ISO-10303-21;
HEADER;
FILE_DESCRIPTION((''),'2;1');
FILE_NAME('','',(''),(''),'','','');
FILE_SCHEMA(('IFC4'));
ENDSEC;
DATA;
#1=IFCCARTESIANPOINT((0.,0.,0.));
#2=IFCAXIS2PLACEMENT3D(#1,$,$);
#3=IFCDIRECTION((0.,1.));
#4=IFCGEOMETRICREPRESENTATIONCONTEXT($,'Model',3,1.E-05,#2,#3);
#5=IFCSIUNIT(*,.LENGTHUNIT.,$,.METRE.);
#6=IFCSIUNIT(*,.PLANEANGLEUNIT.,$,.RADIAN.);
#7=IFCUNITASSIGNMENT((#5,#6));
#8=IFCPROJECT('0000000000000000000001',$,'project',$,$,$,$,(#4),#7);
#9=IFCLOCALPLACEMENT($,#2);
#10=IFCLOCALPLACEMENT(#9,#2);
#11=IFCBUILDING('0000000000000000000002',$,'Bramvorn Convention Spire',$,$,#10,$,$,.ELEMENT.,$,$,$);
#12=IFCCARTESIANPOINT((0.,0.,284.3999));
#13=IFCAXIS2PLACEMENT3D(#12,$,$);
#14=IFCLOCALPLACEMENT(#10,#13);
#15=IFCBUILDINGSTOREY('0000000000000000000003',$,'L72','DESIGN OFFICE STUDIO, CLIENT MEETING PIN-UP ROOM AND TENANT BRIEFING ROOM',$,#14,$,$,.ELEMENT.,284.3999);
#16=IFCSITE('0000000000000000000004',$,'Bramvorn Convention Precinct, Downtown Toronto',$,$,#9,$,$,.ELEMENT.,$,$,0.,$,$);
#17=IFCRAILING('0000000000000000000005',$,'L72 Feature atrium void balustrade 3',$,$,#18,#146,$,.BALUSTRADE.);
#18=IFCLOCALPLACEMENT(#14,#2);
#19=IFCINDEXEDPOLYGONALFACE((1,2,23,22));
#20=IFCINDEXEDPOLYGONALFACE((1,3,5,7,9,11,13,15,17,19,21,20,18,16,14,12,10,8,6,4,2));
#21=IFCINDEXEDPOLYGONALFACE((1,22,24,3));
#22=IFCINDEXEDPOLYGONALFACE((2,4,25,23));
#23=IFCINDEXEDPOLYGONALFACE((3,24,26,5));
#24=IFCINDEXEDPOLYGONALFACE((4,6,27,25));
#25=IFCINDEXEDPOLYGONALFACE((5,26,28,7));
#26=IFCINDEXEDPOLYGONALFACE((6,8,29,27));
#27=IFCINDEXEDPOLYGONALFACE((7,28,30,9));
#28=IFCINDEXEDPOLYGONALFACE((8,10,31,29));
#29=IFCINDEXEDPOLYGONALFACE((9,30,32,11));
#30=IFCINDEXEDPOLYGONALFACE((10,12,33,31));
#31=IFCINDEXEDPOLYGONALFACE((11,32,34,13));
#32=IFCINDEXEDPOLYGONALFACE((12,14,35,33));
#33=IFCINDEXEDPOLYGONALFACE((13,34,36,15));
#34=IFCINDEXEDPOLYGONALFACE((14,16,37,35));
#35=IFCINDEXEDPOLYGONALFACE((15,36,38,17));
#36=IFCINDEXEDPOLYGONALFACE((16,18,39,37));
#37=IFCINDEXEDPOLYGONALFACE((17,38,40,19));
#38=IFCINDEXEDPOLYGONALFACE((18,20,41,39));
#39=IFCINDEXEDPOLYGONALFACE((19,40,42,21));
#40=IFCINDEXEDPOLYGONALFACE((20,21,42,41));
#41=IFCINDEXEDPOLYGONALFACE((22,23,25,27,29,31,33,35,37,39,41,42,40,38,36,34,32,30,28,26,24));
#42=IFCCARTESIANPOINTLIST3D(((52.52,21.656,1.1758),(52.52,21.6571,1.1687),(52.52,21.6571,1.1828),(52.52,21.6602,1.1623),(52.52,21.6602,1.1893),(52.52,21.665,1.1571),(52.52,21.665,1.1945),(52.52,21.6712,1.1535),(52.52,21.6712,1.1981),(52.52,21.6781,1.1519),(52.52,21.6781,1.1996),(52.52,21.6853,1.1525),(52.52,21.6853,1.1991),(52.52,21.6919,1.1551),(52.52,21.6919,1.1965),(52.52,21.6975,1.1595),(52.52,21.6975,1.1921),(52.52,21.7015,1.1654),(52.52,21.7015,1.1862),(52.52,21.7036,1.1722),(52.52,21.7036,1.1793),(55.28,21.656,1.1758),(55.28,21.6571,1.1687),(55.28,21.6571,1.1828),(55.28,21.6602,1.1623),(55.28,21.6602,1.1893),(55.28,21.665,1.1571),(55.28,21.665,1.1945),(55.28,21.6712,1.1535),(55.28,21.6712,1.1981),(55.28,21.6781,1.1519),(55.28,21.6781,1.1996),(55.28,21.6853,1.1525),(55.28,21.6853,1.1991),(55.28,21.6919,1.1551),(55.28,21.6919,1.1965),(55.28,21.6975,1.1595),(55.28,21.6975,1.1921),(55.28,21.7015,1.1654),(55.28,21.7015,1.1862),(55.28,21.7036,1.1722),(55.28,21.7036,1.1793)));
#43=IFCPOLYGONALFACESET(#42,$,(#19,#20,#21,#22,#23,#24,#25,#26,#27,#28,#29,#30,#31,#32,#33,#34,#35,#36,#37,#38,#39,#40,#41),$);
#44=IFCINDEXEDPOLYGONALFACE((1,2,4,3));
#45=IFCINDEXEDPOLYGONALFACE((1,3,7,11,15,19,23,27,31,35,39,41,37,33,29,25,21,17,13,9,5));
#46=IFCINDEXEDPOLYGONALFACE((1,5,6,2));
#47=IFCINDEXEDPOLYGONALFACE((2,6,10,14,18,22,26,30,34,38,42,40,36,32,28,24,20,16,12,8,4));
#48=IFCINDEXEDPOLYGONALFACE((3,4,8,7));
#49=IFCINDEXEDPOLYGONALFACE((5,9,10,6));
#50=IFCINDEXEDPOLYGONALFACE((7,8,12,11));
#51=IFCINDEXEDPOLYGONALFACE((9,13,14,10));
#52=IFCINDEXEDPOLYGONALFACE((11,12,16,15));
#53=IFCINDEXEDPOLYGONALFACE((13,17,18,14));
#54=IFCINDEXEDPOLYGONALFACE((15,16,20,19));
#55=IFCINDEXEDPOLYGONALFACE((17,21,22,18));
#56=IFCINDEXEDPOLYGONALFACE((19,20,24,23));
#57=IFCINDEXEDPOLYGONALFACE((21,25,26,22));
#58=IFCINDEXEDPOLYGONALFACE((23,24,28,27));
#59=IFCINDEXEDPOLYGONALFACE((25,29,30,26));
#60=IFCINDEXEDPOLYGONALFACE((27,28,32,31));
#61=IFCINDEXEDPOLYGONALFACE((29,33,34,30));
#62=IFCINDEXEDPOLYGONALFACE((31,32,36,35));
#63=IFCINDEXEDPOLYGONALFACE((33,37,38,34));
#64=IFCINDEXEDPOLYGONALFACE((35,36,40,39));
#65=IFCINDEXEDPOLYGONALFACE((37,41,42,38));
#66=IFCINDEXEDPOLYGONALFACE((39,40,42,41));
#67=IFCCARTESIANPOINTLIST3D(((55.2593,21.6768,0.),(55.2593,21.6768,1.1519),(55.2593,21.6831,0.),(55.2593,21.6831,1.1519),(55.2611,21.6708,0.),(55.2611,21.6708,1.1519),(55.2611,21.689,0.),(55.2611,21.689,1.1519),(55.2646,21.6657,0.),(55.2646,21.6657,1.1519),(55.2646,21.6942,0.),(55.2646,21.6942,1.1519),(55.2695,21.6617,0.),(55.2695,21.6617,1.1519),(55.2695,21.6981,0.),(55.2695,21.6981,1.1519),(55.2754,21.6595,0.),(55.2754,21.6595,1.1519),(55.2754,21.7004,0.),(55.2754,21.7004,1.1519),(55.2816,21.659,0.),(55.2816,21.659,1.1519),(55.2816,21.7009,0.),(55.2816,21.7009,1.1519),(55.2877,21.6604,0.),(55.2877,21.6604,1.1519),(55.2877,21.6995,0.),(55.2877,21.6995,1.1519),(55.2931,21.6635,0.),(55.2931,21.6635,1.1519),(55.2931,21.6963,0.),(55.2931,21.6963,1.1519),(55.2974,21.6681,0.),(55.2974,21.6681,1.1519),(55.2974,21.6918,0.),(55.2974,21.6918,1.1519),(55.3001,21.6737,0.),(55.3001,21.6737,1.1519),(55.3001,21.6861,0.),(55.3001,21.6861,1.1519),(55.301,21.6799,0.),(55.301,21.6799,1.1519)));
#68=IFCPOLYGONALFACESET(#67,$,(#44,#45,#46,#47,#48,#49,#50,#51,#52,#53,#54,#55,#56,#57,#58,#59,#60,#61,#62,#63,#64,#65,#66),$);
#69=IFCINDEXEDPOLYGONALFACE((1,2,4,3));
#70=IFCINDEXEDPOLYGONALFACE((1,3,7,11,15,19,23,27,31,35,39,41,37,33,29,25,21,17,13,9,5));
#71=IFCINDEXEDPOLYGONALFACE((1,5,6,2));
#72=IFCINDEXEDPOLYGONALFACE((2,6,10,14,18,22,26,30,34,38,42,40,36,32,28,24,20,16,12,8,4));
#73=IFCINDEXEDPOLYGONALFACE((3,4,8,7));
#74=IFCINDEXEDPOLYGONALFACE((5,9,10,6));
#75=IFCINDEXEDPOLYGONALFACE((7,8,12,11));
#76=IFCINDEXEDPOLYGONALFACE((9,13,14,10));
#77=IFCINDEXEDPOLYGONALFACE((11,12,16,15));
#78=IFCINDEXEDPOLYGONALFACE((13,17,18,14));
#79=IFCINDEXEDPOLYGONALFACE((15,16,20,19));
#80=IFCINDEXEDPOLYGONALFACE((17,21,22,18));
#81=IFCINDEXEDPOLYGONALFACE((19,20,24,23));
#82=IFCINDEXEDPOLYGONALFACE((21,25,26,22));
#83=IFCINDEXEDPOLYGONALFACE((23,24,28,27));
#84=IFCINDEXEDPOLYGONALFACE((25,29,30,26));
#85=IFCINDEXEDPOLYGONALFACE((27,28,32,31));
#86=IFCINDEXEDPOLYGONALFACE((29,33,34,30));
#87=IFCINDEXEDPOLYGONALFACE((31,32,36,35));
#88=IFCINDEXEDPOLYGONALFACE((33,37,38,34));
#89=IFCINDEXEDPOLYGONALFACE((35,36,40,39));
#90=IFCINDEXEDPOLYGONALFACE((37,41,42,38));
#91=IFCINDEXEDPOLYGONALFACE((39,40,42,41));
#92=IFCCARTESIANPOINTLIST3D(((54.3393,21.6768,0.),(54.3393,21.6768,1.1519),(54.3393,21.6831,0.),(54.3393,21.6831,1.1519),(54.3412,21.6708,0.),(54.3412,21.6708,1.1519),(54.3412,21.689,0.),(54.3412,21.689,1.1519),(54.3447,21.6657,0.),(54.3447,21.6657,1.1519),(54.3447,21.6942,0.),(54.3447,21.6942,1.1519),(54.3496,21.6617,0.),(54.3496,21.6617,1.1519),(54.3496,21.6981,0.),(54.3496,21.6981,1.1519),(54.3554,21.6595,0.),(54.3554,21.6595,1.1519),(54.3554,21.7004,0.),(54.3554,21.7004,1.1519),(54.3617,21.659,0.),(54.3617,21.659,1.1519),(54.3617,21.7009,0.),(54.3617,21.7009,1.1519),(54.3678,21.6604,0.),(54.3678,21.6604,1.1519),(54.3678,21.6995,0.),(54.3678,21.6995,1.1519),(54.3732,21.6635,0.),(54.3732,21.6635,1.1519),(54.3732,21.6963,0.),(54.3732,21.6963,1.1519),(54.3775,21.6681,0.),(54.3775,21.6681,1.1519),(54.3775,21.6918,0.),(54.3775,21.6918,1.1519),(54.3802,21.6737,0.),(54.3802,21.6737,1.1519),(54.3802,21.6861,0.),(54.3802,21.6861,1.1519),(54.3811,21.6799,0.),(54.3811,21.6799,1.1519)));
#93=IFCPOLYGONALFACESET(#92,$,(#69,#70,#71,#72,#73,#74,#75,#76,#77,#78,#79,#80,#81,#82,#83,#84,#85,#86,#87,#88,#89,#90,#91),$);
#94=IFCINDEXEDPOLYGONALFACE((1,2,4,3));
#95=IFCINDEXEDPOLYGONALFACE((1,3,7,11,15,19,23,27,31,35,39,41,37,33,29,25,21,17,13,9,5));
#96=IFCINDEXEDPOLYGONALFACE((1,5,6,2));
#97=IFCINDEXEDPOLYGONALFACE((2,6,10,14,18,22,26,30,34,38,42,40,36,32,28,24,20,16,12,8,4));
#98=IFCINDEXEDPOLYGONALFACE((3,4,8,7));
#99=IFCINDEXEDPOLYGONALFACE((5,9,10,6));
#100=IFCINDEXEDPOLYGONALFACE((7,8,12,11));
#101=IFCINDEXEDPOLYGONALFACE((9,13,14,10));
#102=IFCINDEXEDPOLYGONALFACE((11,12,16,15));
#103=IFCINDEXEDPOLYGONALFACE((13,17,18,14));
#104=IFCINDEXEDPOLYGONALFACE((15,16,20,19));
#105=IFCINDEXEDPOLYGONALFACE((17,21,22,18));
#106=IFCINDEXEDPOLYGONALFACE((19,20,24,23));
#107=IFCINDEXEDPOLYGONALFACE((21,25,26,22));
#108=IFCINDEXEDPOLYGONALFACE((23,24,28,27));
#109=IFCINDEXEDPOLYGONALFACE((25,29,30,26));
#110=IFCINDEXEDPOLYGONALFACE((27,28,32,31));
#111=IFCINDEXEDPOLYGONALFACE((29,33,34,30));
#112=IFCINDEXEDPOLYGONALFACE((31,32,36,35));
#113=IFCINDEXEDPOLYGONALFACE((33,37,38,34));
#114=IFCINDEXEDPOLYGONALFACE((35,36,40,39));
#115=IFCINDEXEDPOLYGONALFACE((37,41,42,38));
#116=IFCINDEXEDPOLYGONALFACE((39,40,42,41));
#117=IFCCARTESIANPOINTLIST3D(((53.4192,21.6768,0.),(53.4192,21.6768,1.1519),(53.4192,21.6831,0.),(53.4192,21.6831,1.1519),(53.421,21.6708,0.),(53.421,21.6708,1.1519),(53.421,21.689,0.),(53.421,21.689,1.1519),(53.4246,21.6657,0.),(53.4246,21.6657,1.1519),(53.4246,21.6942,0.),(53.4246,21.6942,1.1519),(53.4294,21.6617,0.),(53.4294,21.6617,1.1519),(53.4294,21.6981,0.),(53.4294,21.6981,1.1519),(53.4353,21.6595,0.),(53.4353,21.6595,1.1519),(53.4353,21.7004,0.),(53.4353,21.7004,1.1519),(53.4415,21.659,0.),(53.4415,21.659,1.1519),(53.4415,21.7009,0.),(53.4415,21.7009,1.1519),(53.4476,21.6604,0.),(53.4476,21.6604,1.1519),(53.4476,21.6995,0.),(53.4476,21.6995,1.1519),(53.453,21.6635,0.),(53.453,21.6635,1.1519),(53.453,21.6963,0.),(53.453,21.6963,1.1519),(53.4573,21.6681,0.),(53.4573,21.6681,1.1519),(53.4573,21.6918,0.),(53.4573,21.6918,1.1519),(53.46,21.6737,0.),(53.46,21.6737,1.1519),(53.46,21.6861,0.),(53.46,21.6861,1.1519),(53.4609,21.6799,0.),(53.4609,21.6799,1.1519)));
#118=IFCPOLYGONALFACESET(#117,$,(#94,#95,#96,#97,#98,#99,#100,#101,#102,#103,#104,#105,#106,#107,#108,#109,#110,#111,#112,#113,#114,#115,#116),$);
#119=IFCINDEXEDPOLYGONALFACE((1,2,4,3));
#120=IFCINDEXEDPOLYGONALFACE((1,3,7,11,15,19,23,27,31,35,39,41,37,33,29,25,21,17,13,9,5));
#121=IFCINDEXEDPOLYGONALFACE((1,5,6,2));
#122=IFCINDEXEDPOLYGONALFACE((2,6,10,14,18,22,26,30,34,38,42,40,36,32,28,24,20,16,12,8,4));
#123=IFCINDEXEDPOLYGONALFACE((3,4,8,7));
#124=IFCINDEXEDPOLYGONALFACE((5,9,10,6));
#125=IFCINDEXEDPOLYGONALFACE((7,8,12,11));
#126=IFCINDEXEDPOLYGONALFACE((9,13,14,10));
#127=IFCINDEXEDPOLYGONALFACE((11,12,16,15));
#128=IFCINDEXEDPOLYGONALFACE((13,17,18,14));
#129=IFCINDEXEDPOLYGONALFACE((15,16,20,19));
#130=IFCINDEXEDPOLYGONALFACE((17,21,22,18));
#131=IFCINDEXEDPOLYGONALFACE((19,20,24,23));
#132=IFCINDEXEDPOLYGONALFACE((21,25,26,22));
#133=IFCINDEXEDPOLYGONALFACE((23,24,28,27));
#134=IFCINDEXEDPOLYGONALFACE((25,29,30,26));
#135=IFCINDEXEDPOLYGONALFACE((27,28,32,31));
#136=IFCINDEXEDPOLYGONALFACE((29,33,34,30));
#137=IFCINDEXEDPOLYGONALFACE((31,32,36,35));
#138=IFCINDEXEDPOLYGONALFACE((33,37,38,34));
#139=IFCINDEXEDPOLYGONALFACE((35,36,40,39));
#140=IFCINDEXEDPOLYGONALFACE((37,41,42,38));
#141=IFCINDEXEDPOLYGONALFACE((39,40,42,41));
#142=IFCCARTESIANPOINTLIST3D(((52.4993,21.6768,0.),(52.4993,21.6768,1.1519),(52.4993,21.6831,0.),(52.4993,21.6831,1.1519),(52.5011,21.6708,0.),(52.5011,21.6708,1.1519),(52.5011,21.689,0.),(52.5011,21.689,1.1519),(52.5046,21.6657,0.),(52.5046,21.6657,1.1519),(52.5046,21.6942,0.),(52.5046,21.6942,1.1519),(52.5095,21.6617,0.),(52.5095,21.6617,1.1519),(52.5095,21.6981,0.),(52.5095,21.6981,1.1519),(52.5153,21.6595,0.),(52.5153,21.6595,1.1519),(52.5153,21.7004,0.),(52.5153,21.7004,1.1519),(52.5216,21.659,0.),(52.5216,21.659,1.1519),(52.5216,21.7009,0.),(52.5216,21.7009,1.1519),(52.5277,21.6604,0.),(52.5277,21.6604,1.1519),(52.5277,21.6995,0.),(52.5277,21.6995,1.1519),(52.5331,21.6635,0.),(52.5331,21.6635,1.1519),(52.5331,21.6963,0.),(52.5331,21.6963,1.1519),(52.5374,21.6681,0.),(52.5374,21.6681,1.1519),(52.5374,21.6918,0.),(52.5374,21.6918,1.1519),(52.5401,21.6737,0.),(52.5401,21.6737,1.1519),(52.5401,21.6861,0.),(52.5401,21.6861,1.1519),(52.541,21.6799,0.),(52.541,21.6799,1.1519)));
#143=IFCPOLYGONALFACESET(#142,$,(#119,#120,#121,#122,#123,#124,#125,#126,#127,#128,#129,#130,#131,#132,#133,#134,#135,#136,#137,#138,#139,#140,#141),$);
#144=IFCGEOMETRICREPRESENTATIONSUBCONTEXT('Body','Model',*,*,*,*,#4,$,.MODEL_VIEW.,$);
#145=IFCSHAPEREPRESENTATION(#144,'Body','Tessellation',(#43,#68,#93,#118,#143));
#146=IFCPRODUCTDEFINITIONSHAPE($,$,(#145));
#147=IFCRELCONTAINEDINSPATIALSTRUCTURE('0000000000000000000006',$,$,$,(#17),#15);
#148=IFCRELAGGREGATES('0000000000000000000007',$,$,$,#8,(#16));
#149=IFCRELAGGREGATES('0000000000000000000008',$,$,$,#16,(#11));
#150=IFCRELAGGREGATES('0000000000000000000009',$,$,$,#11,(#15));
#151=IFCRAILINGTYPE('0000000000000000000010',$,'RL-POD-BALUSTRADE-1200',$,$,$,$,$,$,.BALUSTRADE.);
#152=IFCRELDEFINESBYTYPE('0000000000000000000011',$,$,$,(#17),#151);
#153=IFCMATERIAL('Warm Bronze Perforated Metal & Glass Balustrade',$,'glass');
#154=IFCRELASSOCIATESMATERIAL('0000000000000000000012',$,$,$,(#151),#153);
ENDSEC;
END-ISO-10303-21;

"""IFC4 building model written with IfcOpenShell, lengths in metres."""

from ifc_helpers import new_model, si_unit, direction, frame, origin, origin_2d, place, context, subcontext, project, spatial, circle, extrude, material, type_object, element, save


model = new_model("IFC4")

# Units and contexts
model_context = context("Model", 3, precision=1e-05, world=origin(), true_north=direction((0.0, 1.0)))
body_context = subcontext(model_context, "Body", "Model", "MODEL_VIEW")
ifc_project = project(units=[si_unit("LENGTHUNIT", "METRE"), si_unit("PLANEANGLEUNIT", "RADIAN")], contexts=[model_context])

# Site, building, storey
site_placement = place(None, origin())
site = spatial("IfcSite", under=ifc_project, at=site_placement, Name="Bramvorn Convention Precinct, Downtown Toronto", CompositionType="ELEMENT", RefElevation=0.0)
building_placement = place(site_placement, origin())
building = spatial("IfcBuilding", under=site, at=building_placement, Name="Bramvorn Convention Spire", CompositionType="ELEMENT")
storey_placement = place(building_placement, frame((0.0, 0.0, 284.3999)))
storey = spatial("IfcBuildingStorey", under=building, at=storey_placement, Name="L72", Description="DESIGN OFFICE STUDIO, CLIENT MEETING PIN-UP ROOM AND TENANT BRIEFING ROOM", CompositionType="ELEMENT", Elevation=284.3999)

# Railing
ifc_material_1 = material(Name="Warm Bronze Perforated Metal & Glass Balustrade", Category="glass")
railing_type = type_object("IfcRailingType", Name="RL-POD-BALUSTRADE-1200", PredefinedType="BALUSTRADE", material=ifc_material_1)
railing_1_placement = place(storey_placement, frame((55.28, 21.6799, 0.0)))
element("IfcRailing", 1, at=railing_1_placement, inside=storey, type_object=railing_type, Name="L72 Feature atrium void balustrade 3", PredefinedType="BALUSTRADE", context=body_context, shape_type="SweptSolid", body=[
    extrude(circle(Radius=0.0239, at=origin_2d()), frame((0.0, 0.0, 1.1758), z_axis=(-1.0, 0.0, 0.0), x_axis=(0.0, -1.0, 0.0)), (0.0, 0.0, 1.0), 2.76),
    extrude(circle(Radius=0.021, at=origin_2d()), origin(), (0.0, 0.0, 1.0), 1.1519),
    extrude(circle(Radius=0.021, at=origin_2d()), frame((-0.9199, 0.0, 0.0)), (0.0, 0.0, 1.0), 1.1519),
    extrude(circle(Radius=0.021, at=origin_2d()), frame((-1.8401, 0.0, 0.0)), (0.0, 0.0, 1.0), 1.1519),
    extrude(circle(Radius=0.021, at=origin_2d()), frame((-2.76, 0.0, 0.0)), (0.0, 0.0, 1.0), 1.1519),
])

save(model, "model.ifc")
